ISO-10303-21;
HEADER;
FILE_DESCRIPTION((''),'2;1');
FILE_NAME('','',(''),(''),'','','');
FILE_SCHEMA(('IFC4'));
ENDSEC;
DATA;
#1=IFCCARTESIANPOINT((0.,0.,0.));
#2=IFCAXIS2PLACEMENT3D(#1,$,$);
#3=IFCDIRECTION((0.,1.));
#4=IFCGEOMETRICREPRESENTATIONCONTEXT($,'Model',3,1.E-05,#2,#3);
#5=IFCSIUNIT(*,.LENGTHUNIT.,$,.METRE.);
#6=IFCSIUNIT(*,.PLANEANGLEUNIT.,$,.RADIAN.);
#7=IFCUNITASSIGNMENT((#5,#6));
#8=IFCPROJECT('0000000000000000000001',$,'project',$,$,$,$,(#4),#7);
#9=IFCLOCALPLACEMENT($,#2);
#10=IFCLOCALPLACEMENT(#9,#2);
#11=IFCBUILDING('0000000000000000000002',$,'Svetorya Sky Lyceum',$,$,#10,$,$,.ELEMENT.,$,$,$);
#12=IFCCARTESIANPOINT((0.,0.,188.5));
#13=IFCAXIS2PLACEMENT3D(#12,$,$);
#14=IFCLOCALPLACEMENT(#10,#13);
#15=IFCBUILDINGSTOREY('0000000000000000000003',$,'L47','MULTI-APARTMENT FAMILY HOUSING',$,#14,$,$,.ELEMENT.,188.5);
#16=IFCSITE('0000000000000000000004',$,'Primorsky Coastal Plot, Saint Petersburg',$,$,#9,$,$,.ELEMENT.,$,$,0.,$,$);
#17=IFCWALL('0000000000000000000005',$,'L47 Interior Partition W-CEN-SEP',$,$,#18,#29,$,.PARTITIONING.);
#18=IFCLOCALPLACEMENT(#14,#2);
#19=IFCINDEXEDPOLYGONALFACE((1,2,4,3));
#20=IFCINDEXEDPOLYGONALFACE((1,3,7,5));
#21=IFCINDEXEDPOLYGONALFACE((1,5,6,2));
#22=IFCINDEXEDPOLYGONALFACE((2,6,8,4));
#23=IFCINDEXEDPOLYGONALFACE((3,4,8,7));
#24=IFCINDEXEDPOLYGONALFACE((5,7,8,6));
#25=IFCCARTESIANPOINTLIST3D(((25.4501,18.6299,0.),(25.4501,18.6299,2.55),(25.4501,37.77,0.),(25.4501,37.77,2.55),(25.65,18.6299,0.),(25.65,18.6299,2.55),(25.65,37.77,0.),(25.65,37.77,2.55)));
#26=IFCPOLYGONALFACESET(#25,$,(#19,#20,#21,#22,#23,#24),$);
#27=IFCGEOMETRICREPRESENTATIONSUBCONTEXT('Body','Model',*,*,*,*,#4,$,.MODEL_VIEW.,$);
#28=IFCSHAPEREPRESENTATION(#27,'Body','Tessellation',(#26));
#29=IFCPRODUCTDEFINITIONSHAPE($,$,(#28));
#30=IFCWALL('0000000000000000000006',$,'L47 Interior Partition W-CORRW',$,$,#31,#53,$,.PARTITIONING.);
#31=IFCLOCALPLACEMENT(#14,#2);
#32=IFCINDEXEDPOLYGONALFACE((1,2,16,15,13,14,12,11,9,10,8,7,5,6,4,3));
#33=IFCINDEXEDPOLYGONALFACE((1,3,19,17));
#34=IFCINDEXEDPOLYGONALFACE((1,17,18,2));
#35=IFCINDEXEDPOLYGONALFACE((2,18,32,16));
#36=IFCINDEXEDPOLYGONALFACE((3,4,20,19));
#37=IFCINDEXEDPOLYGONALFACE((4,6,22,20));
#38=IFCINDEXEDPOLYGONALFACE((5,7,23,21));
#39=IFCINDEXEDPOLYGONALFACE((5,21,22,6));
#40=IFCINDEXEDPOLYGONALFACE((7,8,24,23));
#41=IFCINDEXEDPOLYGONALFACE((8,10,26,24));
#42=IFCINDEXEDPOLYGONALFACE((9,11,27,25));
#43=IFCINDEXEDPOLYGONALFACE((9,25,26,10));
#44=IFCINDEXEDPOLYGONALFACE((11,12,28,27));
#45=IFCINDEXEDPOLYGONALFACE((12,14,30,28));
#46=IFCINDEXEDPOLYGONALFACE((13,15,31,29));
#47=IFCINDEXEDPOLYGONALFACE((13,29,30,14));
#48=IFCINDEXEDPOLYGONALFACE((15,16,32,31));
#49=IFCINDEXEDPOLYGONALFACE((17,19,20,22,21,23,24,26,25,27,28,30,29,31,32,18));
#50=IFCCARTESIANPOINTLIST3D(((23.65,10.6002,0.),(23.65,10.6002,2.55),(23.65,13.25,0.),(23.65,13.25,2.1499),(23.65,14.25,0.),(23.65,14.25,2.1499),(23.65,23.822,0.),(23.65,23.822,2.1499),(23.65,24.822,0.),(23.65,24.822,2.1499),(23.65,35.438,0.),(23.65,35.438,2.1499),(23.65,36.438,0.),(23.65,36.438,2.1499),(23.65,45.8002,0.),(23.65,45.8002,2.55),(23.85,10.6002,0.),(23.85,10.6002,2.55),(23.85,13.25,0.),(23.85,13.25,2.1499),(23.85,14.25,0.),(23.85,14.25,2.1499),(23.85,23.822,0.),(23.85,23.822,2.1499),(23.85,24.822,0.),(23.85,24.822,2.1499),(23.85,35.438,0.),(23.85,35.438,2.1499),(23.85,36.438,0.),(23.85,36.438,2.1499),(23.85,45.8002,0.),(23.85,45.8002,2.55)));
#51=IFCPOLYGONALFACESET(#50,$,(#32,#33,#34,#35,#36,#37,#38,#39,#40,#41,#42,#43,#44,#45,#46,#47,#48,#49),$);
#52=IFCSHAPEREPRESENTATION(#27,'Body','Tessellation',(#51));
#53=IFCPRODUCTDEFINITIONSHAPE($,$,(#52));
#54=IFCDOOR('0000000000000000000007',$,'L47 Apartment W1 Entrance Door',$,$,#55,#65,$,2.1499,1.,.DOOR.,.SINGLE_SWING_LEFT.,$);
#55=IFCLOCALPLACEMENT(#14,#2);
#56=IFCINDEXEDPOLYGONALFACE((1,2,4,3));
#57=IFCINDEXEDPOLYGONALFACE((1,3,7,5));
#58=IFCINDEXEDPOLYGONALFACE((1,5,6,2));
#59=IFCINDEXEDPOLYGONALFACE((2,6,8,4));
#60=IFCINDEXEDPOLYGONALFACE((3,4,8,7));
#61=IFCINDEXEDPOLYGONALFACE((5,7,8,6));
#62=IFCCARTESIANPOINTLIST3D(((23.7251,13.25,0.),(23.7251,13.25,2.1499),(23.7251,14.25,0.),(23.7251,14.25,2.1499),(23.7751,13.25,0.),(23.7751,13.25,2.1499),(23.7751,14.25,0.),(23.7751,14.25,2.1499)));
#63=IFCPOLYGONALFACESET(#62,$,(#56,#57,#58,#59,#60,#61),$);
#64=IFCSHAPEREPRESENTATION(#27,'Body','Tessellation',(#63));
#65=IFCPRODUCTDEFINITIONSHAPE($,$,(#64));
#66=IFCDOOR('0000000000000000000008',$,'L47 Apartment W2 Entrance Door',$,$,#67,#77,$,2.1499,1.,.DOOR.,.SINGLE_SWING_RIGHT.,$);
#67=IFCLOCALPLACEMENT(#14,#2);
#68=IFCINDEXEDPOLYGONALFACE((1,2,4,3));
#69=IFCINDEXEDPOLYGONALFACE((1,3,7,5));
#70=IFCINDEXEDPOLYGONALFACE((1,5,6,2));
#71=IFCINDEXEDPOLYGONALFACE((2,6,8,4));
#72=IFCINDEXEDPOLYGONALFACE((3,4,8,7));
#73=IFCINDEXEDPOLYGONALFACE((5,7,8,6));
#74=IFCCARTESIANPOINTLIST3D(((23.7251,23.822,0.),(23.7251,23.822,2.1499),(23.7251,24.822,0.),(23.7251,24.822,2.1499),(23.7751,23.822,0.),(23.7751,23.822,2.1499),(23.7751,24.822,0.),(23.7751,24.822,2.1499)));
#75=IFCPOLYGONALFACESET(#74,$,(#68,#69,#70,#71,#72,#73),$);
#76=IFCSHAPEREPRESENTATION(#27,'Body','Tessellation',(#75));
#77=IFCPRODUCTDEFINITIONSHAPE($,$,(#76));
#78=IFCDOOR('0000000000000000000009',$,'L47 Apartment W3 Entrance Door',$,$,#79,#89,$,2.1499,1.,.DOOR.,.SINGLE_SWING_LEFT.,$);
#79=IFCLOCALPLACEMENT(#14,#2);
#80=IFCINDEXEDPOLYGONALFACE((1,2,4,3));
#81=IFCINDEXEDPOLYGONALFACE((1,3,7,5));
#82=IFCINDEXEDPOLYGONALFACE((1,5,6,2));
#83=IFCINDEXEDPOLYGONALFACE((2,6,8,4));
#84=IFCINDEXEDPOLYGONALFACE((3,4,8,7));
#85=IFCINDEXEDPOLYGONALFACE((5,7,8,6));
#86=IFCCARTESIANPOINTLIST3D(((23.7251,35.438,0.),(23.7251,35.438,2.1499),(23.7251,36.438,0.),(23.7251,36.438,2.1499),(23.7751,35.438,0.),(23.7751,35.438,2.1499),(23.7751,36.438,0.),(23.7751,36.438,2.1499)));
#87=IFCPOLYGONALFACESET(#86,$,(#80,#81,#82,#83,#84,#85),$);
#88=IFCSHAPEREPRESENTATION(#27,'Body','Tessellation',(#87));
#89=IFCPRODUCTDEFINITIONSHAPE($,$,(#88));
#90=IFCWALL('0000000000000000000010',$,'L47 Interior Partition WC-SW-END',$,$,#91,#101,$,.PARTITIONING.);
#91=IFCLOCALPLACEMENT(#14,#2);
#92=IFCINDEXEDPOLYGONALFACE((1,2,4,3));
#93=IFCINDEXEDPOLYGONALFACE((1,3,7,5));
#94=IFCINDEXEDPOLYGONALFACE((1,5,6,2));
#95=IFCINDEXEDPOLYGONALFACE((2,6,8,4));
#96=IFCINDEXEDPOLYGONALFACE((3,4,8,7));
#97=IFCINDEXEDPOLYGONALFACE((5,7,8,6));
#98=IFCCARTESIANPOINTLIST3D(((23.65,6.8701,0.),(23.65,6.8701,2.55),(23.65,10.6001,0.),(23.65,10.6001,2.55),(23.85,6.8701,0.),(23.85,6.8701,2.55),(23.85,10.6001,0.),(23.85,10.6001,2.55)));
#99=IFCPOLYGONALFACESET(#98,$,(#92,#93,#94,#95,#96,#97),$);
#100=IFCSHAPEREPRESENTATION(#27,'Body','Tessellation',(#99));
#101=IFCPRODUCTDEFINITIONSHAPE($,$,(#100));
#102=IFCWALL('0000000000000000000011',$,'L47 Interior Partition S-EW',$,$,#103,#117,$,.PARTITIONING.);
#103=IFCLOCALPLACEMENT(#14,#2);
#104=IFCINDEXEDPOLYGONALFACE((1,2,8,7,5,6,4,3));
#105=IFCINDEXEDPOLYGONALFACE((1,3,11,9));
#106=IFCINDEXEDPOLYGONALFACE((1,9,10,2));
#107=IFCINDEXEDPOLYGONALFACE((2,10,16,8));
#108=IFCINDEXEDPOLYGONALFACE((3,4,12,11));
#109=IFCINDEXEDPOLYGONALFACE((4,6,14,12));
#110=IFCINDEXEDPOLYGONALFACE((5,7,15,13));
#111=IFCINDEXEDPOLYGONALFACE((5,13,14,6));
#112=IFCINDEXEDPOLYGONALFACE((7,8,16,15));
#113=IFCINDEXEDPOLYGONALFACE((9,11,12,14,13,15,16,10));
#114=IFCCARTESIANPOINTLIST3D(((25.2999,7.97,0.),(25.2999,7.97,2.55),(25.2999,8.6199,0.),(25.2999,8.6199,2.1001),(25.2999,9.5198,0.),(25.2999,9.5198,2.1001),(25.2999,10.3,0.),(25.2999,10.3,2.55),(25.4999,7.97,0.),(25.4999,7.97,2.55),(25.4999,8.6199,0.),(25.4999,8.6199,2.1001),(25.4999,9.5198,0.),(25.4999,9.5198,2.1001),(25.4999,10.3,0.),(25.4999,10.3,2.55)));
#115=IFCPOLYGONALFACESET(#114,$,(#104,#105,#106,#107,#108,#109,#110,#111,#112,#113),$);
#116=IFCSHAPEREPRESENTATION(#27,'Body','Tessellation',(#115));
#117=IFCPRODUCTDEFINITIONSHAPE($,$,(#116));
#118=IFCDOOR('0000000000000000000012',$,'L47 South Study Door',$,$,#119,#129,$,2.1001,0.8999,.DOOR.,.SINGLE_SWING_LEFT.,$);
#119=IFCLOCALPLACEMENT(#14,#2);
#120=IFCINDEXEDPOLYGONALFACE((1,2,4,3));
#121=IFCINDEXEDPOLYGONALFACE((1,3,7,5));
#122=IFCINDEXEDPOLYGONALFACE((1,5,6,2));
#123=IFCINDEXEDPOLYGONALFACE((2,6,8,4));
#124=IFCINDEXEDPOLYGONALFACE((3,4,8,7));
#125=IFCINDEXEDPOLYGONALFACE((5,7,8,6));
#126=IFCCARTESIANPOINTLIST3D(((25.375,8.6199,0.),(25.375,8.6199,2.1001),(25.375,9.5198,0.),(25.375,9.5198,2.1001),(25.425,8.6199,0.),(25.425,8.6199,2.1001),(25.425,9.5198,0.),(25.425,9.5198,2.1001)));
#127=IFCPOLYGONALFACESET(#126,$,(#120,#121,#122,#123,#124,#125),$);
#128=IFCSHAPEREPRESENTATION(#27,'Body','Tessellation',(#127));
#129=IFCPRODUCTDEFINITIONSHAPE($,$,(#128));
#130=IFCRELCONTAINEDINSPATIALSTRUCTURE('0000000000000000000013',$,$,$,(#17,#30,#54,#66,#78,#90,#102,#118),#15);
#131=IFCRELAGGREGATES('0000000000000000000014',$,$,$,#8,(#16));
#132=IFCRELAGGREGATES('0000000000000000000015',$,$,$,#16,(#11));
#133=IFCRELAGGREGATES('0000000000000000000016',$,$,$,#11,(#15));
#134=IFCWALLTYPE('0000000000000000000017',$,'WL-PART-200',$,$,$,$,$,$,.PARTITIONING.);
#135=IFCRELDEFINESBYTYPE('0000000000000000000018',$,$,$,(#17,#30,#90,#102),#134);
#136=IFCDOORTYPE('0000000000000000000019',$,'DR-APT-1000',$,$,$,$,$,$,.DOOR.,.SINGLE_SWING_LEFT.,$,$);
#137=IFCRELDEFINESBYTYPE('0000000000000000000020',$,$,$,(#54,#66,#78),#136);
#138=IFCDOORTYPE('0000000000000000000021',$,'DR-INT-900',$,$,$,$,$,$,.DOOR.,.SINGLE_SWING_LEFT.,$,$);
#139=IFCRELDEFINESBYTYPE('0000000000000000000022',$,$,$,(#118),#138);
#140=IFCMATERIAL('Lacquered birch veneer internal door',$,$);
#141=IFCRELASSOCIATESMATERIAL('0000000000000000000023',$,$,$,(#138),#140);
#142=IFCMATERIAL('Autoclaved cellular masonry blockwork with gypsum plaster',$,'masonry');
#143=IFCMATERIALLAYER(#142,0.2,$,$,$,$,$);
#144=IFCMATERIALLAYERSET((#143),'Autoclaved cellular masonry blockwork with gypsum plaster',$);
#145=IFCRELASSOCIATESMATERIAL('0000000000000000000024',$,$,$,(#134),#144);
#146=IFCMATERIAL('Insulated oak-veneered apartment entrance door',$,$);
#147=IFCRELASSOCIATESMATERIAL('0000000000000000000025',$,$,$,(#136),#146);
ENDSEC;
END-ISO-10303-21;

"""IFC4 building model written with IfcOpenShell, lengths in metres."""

from ifc_helpers import new_model, si_unit, direction, frame, frame_2d, origin, place, context, subcontext, project, spatial, rectangle, extrude, material, layer, layer_set, type_object, element, fill, save


model = new_model("IFC4")

# Units and contexts
model_context = context("Model", 3, precision=1e-05, world=origin(), true_north=direction((0.0, 1.0)))
body_context = subcontext(model_context, "Body", "Model", "MODEL_VIEW")
ifc_project = project(units=[si_unit("LENGTHUNIT", "METRE"), si_unit("PLANEANGLEUNIT", "RADIAN")], contexts=[model_context])

# Site, building, storey
site_placement = place(None, origin())
site = spatial("IfcSite", under=ifc_project, at=site_placement, Name="Primorsky Coastal Plot, Saint Petersburg", CompositionType="ELEMENT", RefElevation=0.0)
building_placement = place(site_placement, origin())
building = spatial("IfcBuilding", under=site, at=building_placement, Name="Svetorya Sky Lyceum", CompositionType="ELEMENT")
storey_placement = place(building_placement, frame((0.0, 0.0, 188.5)))
storey = spatial("IfcBuildingStorey", under=building, at=storey_placement, Name="L47", Description="MULTI-APARTMENT FAMILY HOUSING", CompositionType="ELEMENT", Elevation=188.5)

# Shared definitions
ifc_material_1 = material(Name="Lacquered birch veneer internal door")
door_type_1 = type_object("IfcDoorType", Name="DR-INT-900", OperationType="SINGLE_SWING_LEFT", PredefinedType="DOOR", material=ifc_material_1)

# Wall
ifc_material_2 = material(Name="Autoclaved cellular masonry blockwork with gypsum plaster", Category="masonry")
ifc_layer_1 = layer(ifc_material_2, 0.2)
ifc_layer_set_1 = layer_set([ifc_layer_1], Name="Autoclaved cellular masonry blockwork with gypsum plaster")
wall_type_1 = type_object("IfcWallType", Name="WL-PART-200", PredefinedType="PARTITIONING", material=ifc_layer_set_1)
wall_1_placement = place(storey_placement, frame((25.55, 18.6299, 0.0), z_axis=(0.0, 0.0, 1.0), x_axis=(0.0, 1.0, 0.0)))
element("IfcWall", 1, at=wall_1_placement, inside=storey, type_object=wall_type_1, Name="L47 Interior Partition W-CEN-SEP", PredefinedType="PARTITIONING", context=body_context, shape_type="SweptSolid", body=[
    extrude(rectangle(XDim=19.1401, YDim=0.2, at=frame_2d((9.5701, 0.0))), origin(), (0.0, 0.0, 1.0), 2.55),
])

# Wall, openings, doors
wall_2_placement = place(storey_placement, frame((23.75, 10.6001, 0.0), z_axis=(0.0, 0.0, 1.0), x_axis=(0.0, 1.0, 0.0)))
wall_2 = element("IfcWall", 2, at=wall_2_placement, inside=storey, type_object=wall_type_1, Name="L47 Interior Partition W-CORRW", PredefinedType="PARTITIONING", context=body_context, shape_type="SweptSolid", body=[
    extrude(rectangle(XDim=35.2, YDim=0.2, at=frame_2d((17.6001, 0.0))), origin(), (0.0, 0.0, 1.0), 2.55),
])
opening_1_placement = place(wall_2_placement, frame((2.6499, 0.0, 0.0)))
opening_1 = element("IfcOpeningElement", 3, at=opening_1_placement, cuts=wall_2, PredefinedType="OPENING", context=body_context, shape_type="SweptSolid", body=[
    extrude(rectangle(XDim=1.0, YDim=2.1499, at=frame_2d((0.5, 1.075))), frame((0.0, 0.1099, 0.0), z_axis=(0.0, -1.0, 0.0), x_axis=(1.0, 0.0, 0.0)), (0.0, 0.0, 1.0), 0.22),
])
opening_2_placement = place(wall_2_placement, frame((13.2219, 0.0, 0.0)))
opening_2 = element("IfcOpeningElement", 4, at=opening_2_placement, cuts=wall_2, PredefinedType="OPENING", context=body_context, shape_type="SweptSolid", body=[
    extrude(rectangle(XDim=1.0, YDim=2.1499, at=frame_2d((0.5, 1.075))), frame((0.0, 0.1099, 0.0), z_axis=(0.0, -1.0, 0.0), x_axis=(1.0, 0.0, 0.0)), (0.0, 0.0, 1.0), 0.22),
])
opening_3_placement = place(wall_2_placement, frame((24.8379, 0.0, 0.0)))
opening_3 = element("IfcOpeningElement", 5, at=opening_3_placement, cuts=wall_2, PredefinedType="OPENING", context=body_context, shape_type="SweptSolid", body=[
    extrude(rectangle(XDim=1.0, YDim=2.1499, at=frame_2d((0.5, 1.075))), frame((0.0, 0.1099, 0.0), z_axis=(0.0, -1.0, 0.0), x_axis=(1.0, 0.0, 0.0)), (0.0, 0.0, 1.0), 0.22),
])
ifc_material_3 = material(Name="Insulated oak-veneered apartment entrance door")
door_type_2 = type_object("IfcDoorType", Name="DR-APT-1000", OperationType="SINGLE_SWING_LEFT", PredefinedType="DOOR", material=ifc_material_3)
door_1_placement = place(opening_1_placement, origin())
door_1 = element("IfcDoor", 6, at=door_1_placement, inside=storey, type_object=door_type_2, Name="L47 Apartment W1 Entrance Door", OperationType="SINGLE_SWING_LEFT", OverallHeight=2.1499, OverallWidth=1.0, PredefinedType="DOOR", context=body_context, shape_type="SweptSolid", body=[
    extrude(rectangle(XDim=1.0, YDim=2.1499, at=frame_2d((0.5, 1.075))), frame((0.0, 0.0249, 0.0), z_axis=(0.0, -1.0, 0.0), x_axis=(1.0, 0.0, 0.0)), (0.0, 0.0, 1.0), 0.05),
])
fill(opening_1, door_1)
door_2_placement = place(opening_2_placement, origin())
door_2 = element("IfcDoor", 7, at=door_2_placement, inside=storey, type_object=door_type_2, Name="L47 Apartment W2 Entrance Door", OperationType="SINGLE_SWING_RIGHT", OverallHeight=2.1499, OverallWidth=1.0, PredefinedType="DOOR", context=body_context, shape_type="SweptSolid", body=[
    extrude(rectangle(XDim=1.0, YDim=2.1499, at=frame_2d((0.5, 1.075))), frame((0.0, 0.0249, 0.0), z_axis=(0.0, -1.0, 0.0), x_axis=(1.0, 0.0, 0.0)), (0.0, 0.0, 1.0), 0.05),
])
fill(opening_2, door_2)
door_3_placement = place(opening_3_placement, origin())
door_3 = element("IfcDoor", 8, at=door_3_placement, inside=storey, type_object=door_type_2, Name="L47 Apartment W3 Entrance Door", OperationType="SINGLE_SWING_LEFT", OverallHeight=2.1499, OverallWidth=1.0, PredefinedType="DOOR", context=body_context, shape_type="SweptSolid", body=[
    extrude(rectangle(XDim=1.0, YDim=2.1499, at=frame_2d((0.5, 1.075))), frame((0.0, 0.0249, 0.0), z_axis=(0.0, -1.0, 0.0), x_axis=(1.0, 0.0, 0.0)), (0.0, 0.0, 1.0), 0.05),
])
fill(opening_3, door_3)

# Wall
wall_3_placement = place(storey_placement, frame((23.75, 6.8701, 0.0), z_axis=(0.0, 0.0, 1.0), x_axis=(0.0, 1.0, 0.0)))
element("IfcWall", 9, at=wall_3_placement, inside=storey, type_object=wall_type_1, Name="L47 Interior Partition WC-SW-END", PredefinedType="PARTITIONING", context=body_context, shape_type="SweptSolid", body=[
    extrude(rectangle(XDim=3.73, YDim=0.2, at=frame_2d((1.865, 0.0))), origin(), (0.0, 0.0, 1.0), 2.55),
])

# Wall, opening, door
wall_4_placement = place(storey_placement, frame((25.3999, 7.97, 0.0), z_axis=(0.0, 0.0, 1.0), x_axis=(0.0, 1.0, 0.0)))
wall_4 = element("IfcWall", 10, at=wall_4_placement, inside=storey, type_object=wall_type_1, Name="L47 Interior Partition S-EW", PredefinedType="PARTITIONING", context=body_context, shape_type="SweptSolid", body=[
    extrude(rectangle(XDim=2.3301, YDim=0.2, at=frame_2d((1.165, 0.0))), origin(), (0.0, 0.0, 1.0), 2.55),
])
opening_4_placement = place(wall_4_placement, frame((0.6499, 0.0, 0.0)))
opening_4 = element("IfcOpeningElement", 11, at=opening_4_placement, cuts=wall_4, PredefinedType="OPENING", context=body_context, shape_type="SweptSolid", body=[
    extrude(rectangle(XDim=0.8999, YDim=2.1001, at=frame_2d((0.45, 1.05))), frame((0.0, 0.1099, 0.0), z_axis=(0.0, -1.0, 0.0), x_axis=(1.0, 0.0, 0.0)), (0.0, 0.0, 1.0), 0.22),
])
door_4_placement = place(opening_4_placement, origin())
door_4 = element("IfcDoor", 12, at=door_4_placement, inside=storey, type_object=door_type_1, Name="L47 South Study Door", OperationType="SINGLE_SWING_LEFT", OverallHeight=2.1001, OverallWidth=0.8999, PredefinedType="DOOR", context=body_context, shape_type="SweptSolid", body=[
    extrude(rectangle(XDim=0.8999, YDim=2.1001, at=frame_2d((0.45, 1.05))), frame((0.0, 0.0249, 0.0), z_axis=(0.0, -1.0, 0.0), x_axis=(1.0, 0.0, 0.0)), (0.0, 0.0, 1.0), 0.05),
])
fill(opening_4, door_4)

save(model, "model.ifc")
